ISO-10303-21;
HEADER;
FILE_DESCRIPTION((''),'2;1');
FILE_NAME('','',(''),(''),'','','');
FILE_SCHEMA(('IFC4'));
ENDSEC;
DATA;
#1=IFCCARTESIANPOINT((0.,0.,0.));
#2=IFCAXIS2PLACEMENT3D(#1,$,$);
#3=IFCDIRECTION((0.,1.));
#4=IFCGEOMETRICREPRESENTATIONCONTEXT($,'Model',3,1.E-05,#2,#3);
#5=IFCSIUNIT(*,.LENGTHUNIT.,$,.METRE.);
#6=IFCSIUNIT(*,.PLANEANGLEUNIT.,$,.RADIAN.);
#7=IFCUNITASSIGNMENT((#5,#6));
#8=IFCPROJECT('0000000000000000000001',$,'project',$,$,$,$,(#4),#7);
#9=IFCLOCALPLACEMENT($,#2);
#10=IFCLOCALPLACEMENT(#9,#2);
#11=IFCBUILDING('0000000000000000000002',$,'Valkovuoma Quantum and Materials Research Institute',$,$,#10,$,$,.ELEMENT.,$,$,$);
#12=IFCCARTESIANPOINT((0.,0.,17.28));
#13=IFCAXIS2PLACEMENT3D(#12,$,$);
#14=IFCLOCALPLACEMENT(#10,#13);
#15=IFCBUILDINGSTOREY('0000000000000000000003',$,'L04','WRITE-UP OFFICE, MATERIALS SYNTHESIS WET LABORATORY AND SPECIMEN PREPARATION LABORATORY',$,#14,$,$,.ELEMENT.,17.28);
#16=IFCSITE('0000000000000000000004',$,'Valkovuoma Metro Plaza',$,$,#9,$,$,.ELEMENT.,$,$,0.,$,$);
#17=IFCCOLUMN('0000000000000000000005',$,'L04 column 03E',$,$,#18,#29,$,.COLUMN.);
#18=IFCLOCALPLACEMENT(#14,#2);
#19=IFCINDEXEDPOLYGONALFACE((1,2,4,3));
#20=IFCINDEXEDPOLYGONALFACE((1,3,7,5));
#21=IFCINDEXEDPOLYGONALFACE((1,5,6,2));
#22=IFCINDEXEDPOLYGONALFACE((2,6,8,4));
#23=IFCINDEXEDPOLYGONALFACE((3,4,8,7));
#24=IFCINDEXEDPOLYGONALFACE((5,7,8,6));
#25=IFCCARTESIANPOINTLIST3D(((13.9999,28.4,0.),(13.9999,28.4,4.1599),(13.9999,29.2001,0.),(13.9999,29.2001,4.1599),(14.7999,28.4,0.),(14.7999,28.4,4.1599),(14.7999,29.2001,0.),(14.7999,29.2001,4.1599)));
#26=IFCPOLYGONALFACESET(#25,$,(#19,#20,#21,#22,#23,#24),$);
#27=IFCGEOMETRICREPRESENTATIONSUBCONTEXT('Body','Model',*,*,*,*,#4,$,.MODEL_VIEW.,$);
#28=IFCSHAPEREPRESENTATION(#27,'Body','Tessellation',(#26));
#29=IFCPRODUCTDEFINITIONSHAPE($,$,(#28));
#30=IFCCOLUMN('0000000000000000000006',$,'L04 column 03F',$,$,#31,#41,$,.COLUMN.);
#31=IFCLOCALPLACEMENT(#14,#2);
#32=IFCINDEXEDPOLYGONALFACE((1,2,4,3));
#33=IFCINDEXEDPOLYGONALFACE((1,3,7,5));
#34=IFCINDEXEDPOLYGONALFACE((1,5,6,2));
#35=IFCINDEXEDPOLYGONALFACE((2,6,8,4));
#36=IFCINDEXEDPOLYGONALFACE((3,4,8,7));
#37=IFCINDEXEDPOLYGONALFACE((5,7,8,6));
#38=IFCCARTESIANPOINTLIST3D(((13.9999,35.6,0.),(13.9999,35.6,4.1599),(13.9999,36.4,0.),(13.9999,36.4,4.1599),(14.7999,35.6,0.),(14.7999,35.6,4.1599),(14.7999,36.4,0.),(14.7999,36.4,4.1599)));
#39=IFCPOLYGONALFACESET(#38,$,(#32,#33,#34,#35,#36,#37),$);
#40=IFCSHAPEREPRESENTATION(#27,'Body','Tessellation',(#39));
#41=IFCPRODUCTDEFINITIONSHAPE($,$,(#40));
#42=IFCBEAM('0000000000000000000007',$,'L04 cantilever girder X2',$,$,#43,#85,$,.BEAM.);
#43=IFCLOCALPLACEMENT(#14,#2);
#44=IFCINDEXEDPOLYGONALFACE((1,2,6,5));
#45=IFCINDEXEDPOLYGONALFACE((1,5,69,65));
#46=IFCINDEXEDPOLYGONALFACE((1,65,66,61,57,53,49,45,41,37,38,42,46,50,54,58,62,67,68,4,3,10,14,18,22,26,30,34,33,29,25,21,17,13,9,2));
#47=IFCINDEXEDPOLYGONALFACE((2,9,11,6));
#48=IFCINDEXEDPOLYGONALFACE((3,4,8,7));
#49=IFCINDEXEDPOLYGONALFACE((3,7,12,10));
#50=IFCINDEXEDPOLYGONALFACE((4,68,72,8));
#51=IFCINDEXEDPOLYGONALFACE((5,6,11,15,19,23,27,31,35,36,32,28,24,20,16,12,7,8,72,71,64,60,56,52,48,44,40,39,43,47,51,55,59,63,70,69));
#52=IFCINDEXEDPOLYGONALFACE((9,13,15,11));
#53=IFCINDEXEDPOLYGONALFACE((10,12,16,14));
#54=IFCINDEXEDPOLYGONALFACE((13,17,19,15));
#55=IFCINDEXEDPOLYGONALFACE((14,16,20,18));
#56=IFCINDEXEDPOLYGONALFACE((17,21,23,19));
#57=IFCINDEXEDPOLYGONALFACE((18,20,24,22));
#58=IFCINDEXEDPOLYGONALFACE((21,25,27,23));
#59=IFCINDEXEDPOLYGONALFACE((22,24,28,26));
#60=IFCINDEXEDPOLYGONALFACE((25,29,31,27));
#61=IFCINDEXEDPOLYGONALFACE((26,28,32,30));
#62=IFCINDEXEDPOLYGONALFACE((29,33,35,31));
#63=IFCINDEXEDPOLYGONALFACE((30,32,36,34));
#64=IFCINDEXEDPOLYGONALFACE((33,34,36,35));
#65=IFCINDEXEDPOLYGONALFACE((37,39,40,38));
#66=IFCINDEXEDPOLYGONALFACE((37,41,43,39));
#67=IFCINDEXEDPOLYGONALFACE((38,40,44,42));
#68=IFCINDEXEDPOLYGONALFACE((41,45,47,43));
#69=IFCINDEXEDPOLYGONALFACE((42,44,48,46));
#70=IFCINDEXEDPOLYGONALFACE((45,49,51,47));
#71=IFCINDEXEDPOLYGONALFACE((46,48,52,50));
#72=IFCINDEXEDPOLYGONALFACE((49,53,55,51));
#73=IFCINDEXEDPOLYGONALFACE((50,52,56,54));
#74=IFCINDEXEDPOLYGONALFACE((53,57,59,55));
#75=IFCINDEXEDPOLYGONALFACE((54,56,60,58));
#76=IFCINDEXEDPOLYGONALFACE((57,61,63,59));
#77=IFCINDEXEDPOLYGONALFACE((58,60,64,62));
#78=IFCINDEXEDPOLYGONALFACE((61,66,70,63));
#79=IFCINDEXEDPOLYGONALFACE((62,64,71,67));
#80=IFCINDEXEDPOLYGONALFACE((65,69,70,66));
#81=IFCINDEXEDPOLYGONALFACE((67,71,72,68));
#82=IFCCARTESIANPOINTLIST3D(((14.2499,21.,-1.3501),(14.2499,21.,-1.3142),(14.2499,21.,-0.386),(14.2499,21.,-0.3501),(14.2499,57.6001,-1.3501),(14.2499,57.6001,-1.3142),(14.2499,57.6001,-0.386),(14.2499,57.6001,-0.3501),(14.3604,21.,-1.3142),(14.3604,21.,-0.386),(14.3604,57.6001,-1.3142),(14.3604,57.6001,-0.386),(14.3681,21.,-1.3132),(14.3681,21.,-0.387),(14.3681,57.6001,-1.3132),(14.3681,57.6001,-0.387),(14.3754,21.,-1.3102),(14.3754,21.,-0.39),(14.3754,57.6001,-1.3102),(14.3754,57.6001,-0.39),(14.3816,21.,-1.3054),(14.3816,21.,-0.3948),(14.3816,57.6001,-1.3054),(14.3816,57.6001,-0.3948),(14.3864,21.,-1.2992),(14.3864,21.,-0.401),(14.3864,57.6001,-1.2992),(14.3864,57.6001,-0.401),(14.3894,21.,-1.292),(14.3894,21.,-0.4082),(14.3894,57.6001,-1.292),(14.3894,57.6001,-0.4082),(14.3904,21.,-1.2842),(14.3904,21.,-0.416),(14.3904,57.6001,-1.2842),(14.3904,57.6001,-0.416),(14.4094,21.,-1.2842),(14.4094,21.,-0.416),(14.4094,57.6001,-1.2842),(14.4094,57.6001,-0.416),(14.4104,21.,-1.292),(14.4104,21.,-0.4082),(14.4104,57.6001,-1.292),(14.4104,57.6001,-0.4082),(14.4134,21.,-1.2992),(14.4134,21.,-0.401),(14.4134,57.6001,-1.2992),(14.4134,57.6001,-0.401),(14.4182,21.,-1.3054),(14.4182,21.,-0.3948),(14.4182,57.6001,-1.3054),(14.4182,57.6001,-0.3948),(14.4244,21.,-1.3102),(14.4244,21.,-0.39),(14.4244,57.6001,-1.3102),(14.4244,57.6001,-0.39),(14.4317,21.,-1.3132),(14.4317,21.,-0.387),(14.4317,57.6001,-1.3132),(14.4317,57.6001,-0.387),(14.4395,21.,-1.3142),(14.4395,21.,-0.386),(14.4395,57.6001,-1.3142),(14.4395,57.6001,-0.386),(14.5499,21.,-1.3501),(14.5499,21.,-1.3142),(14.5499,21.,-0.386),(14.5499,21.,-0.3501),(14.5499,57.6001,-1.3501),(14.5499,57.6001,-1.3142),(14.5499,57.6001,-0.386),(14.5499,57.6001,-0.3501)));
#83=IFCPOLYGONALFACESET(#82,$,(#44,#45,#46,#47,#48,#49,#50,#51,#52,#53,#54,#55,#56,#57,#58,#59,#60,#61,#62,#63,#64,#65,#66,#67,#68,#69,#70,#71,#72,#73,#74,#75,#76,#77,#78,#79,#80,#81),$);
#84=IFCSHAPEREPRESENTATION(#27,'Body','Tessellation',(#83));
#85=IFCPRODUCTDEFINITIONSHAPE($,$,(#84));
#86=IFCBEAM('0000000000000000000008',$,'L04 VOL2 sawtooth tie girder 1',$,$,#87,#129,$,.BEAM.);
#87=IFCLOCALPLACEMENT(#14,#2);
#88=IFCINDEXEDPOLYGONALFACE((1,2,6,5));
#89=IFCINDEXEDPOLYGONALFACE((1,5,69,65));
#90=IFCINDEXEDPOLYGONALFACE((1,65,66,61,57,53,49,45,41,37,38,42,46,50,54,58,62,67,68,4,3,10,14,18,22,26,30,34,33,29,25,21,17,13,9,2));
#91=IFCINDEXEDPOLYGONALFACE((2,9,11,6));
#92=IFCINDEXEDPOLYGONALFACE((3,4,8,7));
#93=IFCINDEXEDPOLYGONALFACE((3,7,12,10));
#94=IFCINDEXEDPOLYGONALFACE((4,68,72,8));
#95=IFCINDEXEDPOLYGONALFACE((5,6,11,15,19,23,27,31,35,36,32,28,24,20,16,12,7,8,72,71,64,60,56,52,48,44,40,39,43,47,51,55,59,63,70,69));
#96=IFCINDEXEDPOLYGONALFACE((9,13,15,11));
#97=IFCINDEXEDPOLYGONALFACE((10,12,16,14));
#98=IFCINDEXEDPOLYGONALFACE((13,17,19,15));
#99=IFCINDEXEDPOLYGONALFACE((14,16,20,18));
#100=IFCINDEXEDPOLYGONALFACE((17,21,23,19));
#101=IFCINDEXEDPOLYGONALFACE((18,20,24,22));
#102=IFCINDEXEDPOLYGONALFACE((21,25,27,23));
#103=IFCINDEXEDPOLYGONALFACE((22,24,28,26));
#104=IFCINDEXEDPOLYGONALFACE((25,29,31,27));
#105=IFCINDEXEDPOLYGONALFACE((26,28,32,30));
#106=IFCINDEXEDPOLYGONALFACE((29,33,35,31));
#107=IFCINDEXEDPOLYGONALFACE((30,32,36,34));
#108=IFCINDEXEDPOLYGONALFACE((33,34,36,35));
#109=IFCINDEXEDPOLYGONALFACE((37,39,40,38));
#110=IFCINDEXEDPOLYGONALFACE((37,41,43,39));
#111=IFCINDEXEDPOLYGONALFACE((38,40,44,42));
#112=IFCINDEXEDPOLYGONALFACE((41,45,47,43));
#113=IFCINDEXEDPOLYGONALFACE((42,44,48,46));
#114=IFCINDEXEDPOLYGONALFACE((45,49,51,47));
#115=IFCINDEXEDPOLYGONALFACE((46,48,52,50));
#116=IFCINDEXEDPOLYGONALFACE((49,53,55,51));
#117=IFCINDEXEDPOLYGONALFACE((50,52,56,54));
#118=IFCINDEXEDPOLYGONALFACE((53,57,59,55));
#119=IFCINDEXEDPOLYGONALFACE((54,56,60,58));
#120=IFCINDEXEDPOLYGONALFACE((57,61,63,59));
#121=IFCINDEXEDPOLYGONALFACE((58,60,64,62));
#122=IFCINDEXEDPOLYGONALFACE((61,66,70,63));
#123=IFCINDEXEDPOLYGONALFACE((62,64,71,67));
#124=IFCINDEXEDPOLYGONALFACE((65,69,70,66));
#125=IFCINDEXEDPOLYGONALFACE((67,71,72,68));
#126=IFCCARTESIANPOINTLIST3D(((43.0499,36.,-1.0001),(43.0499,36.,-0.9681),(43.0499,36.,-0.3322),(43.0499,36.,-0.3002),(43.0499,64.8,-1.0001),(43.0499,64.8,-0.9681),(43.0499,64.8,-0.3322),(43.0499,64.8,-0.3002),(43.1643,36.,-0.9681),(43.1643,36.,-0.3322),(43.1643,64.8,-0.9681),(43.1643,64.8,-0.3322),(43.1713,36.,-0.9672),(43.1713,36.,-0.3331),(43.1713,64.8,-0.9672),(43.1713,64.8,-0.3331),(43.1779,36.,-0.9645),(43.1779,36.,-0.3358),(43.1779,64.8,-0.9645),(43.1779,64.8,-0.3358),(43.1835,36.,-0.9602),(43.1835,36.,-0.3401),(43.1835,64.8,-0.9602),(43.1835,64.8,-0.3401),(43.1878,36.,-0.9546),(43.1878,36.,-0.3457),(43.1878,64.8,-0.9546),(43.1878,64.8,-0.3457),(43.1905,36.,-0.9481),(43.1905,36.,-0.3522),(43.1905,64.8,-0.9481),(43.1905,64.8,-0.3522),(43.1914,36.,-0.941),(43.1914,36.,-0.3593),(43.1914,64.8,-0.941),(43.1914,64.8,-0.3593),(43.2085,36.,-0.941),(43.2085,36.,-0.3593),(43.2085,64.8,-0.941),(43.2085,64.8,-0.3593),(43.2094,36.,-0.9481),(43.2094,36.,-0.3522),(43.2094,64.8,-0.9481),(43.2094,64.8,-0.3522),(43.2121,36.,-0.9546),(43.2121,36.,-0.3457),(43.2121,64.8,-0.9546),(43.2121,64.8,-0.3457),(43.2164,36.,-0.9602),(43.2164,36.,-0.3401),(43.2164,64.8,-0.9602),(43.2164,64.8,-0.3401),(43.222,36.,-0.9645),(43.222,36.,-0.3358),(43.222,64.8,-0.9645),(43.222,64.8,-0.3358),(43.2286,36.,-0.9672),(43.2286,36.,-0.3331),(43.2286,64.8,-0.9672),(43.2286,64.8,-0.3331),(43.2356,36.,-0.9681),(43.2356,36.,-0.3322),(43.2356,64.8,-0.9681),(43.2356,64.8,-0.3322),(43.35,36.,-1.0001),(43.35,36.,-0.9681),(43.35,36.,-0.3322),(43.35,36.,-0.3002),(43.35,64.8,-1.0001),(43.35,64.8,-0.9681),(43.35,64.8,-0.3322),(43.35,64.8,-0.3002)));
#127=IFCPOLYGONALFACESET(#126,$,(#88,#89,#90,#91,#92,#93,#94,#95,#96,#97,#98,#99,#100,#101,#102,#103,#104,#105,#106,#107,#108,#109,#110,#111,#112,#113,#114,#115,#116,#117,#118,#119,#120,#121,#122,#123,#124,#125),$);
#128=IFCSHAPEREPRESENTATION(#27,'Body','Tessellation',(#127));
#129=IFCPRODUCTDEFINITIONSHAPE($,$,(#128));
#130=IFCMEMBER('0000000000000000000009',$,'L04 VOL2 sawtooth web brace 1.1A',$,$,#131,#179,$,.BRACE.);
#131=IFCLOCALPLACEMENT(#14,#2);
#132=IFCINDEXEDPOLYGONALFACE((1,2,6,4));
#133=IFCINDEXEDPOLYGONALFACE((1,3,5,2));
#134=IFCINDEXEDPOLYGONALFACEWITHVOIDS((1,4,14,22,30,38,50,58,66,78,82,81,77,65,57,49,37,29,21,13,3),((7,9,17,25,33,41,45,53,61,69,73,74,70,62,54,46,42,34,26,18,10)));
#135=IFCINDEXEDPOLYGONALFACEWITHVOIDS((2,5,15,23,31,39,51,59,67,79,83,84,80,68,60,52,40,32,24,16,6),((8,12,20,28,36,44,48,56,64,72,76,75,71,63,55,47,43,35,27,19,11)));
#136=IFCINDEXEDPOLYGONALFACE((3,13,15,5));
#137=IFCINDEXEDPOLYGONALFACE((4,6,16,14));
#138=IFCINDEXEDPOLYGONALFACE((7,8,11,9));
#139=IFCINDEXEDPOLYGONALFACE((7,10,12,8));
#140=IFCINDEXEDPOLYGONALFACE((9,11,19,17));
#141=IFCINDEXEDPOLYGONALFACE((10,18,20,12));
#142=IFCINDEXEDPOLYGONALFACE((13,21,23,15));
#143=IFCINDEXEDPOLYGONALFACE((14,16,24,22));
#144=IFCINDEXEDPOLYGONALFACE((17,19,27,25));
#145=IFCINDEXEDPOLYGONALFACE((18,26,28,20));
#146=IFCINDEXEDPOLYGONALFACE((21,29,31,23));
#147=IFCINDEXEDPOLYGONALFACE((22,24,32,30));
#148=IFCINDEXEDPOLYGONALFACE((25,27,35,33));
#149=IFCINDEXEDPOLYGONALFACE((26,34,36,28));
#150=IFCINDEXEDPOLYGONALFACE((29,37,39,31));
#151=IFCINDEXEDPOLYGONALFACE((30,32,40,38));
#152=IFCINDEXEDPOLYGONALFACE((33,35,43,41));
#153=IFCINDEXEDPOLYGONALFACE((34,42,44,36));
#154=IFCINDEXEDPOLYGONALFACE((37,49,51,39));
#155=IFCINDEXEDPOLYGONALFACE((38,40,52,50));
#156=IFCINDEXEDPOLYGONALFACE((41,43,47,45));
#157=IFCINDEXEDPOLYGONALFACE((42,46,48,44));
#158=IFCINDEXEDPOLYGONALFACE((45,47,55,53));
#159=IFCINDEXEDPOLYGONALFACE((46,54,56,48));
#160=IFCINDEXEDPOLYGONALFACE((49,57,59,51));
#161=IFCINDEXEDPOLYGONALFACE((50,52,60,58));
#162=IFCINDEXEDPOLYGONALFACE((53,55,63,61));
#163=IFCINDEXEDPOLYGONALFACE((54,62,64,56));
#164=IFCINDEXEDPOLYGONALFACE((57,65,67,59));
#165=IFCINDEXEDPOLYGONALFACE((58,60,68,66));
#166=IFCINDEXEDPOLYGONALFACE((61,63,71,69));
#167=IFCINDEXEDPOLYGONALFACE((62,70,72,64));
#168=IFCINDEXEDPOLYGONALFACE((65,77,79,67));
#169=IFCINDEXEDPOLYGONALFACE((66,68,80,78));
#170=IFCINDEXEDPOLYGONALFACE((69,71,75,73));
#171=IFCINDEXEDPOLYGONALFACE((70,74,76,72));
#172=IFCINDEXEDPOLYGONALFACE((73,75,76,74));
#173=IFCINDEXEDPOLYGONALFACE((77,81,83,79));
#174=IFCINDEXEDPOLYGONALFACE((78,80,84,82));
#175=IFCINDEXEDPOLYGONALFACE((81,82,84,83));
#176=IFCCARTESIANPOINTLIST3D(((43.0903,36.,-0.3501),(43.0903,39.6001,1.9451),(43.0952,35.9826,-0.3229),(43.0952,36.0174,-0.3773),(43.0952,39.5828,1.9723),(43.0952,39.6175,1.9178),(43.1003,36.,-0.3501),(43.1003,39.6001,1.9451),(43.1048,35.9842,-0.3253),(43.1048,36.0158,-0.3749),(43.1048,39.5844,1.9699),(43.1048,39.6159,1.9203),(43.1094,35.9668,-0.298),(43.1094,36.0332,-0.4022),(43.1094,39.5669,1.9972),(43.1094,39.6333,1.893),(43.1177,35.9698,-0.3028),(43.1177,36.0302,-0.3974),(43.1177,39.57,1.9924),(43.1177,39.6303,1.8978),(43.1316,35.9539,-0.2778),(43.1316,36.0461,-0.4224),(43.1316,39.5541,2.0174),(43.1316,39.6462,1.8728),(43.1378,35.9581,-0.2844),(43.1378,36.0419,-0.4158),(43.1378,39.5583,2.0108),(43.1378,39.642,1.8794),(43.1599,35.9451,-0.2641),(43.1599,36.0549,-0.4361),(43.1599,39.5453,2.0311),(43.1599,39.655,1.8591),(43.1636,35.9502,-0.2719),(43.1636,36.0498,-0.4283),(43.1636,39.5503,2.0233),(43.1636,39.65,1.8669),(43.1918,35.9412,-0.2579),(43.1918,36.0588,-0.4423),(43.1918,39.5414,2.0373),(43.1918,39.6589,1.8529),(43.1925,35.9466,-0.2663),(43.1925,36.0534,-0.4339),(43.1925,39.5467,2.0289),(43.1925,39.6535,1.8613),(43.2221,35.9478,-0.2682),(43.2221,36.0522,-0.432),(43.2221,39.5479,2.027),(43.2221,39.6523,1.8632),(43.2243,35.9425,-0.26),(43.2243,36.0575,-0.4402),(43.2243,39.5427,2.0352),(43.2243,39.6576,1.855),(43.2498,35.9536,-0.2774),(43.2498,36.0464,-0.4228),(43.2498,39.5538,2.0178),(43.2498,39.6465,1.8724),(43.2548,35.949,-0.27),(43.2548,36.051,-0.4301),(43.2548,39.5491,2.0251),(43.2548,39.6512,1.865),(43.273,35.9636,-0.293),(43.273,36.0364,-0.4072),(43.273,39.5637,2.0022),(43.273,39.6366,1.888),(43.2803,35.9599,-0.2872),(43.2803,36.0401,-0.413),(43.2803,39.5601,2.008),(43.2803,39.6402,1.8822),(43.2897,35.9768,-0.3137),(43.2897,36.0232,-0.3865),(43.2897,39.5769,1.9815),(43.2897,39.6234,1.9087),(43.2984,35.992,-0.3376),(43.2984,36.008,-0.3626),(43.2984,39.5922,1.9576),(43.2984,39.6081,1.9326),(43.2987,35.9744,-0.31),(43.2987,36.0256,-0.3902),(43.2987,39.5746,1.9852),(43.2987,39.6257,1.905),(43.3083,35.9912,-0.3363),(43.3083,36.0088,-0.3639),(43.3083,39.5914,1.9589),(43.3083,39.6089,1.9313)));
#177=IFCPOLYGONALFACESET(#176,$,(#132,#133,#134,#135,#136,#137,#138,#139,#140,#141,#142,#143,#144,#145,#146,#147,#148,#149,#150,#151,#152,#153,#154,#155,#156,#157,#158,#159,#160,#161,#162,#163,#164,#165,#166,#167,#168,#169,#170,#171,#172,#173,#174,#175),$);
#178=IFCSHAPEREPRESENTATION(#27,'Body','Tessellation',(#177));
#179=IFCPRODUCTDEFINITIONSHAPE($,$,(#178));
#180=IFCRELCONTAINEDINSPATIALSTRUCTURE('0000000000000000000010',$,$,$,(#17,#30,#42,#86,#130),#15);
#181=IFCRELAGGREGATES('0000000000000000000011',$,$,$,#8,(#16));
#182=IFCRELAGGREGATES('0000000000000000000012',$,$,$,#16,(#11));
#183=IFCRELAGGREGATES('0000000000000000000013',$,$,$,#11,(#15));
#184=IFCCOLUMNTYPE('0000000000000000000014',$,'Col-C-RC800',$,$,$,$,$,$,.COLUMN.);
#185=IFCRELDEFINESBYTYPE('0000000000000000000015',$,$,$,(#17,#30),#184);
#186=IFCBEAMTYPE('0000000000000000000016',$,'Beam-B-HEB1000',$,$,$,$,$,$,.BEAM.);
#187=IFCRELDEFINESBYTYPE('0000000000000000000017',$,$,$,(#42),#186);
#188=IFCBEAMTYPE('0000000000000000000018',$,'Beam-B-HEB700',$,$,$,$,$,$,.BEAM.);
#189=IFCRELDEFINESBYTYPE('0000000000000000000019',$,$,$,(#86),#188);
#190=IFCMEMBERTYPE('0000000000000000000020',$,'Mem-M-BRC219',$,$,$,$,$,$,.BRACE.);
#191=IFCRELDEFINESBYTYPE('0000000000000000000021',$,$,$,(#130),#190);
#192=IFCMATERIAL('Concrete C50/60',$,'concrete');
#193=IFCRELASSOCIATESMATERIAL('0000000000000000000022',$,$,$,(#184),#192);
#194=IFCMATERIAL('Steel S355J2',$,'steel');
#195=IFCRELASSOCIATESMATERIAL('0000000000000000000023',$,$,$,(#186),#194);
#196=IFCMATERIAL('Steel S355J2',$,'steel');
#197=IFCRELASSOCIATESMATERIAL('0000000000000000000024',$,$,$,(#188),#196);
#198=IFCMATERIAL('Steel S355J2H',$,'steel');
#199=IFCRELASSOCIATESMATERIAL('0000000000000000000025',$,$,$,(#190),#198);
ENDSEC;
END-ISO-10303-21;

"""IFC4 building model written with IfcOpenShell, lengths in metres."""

from ifc_helpers import new_model, si_unit, direction, frame, origin, origin_2d, place, context, subcontext, project, spatial, rectangle, hollow_circle, i_section, extrude, material, material_profile, profile_set, type_object, element, save


model = new_model("IFC4")

# Units and contexts
model_context = context("Model", 3, precision=1e-05, world=origin(), true_north=direction((0.0, 1.0)))
body_context = subcontext(model_context, "Body", "Model", "MODEL_VIEW")
ifc_project = project(units=[si_unit("LENGTHUNIT", "METRE"), si_unit("PLANEANGLEUNIT", "RADIAN")], contexts=[model_context])

# Site, building, storey
site_placement = place(None, origin())
site = spatial("IfcSite", under=ifc_project, at=site_placement, Name="Valkovuoma Metro Plaza", CompositionType="ELEMENT", RefElevation=0.0)
building_placement = place(site_placement, origin())
building = spatial("IfcBuilding", under=site, at=building_placement, Name="Valkovuoma Quantum and Materials Research Institute", CompositionType="ELEMENT")
storey_placement = place(building_placement, frame((0.0, 0.0, 17.28)))
storey = spatial("IfcBuildingStorey", under=building, at=storey_placement, Name="L04", Description="WRITE-UP OFFICE, MATERIALS SYNTHESIS WET LABORATORY AND SPECIMEN PREPARATION LABORATORY", CompositionType="ELEMENT", Elevation=17.28)

# Columns
ifc_material_1 = material(Name="Concrete C50/60", Category="concrete")
ifc_material_profile_1 = material_profile(ifc_material_1, rectangle(XDim=0.8, YDim=0.8, at=origin_2d()), Name="Concrete C50/60")
ifc_profile_set_1 = profile_set([ifc_material_profile_1], Name="Concrete C50/60")
column_type = type_object("IfcColumnType", Name="Col-C-RC800", PredefinedType="COLUMN", material=ifc_profile_set_1)
for number, where, z_axis, x_axis, name in (
    (1, (14.3999, 28.8, 0.0), (0.0, 0.0, 1.0), (1.0, 0.0, 0.0), "L04 column 03E"),
    (2, (14.3999, 36.0, 0.0), (0.0, 0.0, 1.0), (1.0, 0.0, 0.0), "L04 column 03F"),
):
    element("IfcColumn", number, at=place(storey_placement, frame(where, z_axis=z_axis, x_axis=x_axis)), inside=storey, type_object=column_type, Name=name, PredefinedType="COLUMN", context=body_context, shape_type="SweptSolid", body=[
        extrude(rectangle(XDim=0.8, YDim=0.8, at=origin_2d()), origin(), (0.0, 0.0, 1.0), 4.1599),
    ])

# Beams
ifc_material_2 = material(Name="Steel S355J2", Category="steel")
ifc_material_profile_2 = material_profile(ifc_material_2, i_section(OverallWidth=0.3, OverallDepth=1.0, WebThickness=0.019, FlangeThickness=0.0359, FilletRadius=0.03, at=origin_2d()), Name="Steel S355J2")
ifc_profile_set_2 = profile_set([ifc_material_profile_2], Name="Steel S355J2")
beam_type_1 = type_object("IfcBeamType", Name="Beam-B-HEB1000", PredefinedType="BEAM", material=ifc_profile_set_2)
beam_1_placement = place(storey_placement, frame((14.3999, 21.0, -0.8501), z_axis=(0.0, 1.0, 0.0), x_axis=(-1.0, 0.0, 0.0)))
element("IfcBeam", 3, at=beam_1_placement, inside=storey, type_object=beam_type_1, Name="L04 cantilever girder X2", PredefinedType="BEAM", context=body_context, shape_type="SweptSolid", body=[
    extrude(i_section(OverallWidth=0.3, OverallDepth=1.0, WebThickness=0.019, FlangeThickness=0.0359, FilletRadius=0.03, at=origin_2d()), origin(), (0.0, 0.0, 1.0), 36.6001),
])
ifc_material_3 = material(Name="Steel S355J2", Category="steel")
ifc_material_profile_3 = material_profile(ifc_material_3, i_section(OverallWidth=0.3, OverallDepth=0.7, WebThickness=0.0171, FlangeThickness=0.032, FilletRadius=0.0271, at=origin_2d()), Name="Steel S355J2")
ifc_profile_set_3 = profile_set([ifc_material_profile_3], Name="Steel S355J2")
beam_type_2 = type_object("IfcBeamType", Name="Beam-B-HEB700", PredefinedType="BEAM", material=ifc_profile_set_3)
beam_2_placement = place(storey_placement, frame((43.2, 36.0, -0.6501), z_axis=(0.0, 1.0, 0.0), x_axis=(-1.0, 0.0, 0.0)))
element("IfcBeam", 4, at=beam_2_placement, inside=storey, type_object=beam_type_2, Name="L04 VOL2 sawtooth tie girder 1", PredefinedType="BEAM", context=body_context, shape_type="SweptSolid", body=[
    extrude(i_section(OverallWidth=0.3, OverallDepth=0.7, WebThickness=0.0171, FlangeThickness=0.032, FilletRadius=0.0271, at=origin_2d()), origin(), (0.0, 0.0, 1.0), 28.8),
])

# Member
ifc_material_4 = material(Name="Steel S355J2H", Category="steel")
ifc_material_profile_4 = material_profile(ifc_material_4, hollow_circle(Radius=0.1096, WallThickness=0.01, at=origin_2d()), Name="Steel S355J2H")
ifc_profile_set_4 = profile_set([ifc_material_profile_4], Name="Steel S355J2H")
member_type_1 = type_object("IfcMemberType", Name="Mem-M-BRC219", PredefinedType="BRACE", material=ifc_profile_set_4)
member_1_placement = place(storey_placement, frame((43.2, 36.0, -0.3501), z_axis=(0.0, 0.843216, 0.537575), x_axis=(-1.0, 0.0, 0.0)))
element("IfcMember", 5, at=member_1_placement, inside=storey, type_object=member_type_1, Name="L04 VOL2 sawtooth web brace 1.1A", PredefinedType="BRACE", context=body_context, shape_type="SweptSolid", body=[
    extrude(hollow_circle(Radius=0.1096, WallThickness=0.01, at=origin_2d()), origin(), (0.0, 0.0, 1.0), 4.2695),
])

save(model, "model.ifc")
